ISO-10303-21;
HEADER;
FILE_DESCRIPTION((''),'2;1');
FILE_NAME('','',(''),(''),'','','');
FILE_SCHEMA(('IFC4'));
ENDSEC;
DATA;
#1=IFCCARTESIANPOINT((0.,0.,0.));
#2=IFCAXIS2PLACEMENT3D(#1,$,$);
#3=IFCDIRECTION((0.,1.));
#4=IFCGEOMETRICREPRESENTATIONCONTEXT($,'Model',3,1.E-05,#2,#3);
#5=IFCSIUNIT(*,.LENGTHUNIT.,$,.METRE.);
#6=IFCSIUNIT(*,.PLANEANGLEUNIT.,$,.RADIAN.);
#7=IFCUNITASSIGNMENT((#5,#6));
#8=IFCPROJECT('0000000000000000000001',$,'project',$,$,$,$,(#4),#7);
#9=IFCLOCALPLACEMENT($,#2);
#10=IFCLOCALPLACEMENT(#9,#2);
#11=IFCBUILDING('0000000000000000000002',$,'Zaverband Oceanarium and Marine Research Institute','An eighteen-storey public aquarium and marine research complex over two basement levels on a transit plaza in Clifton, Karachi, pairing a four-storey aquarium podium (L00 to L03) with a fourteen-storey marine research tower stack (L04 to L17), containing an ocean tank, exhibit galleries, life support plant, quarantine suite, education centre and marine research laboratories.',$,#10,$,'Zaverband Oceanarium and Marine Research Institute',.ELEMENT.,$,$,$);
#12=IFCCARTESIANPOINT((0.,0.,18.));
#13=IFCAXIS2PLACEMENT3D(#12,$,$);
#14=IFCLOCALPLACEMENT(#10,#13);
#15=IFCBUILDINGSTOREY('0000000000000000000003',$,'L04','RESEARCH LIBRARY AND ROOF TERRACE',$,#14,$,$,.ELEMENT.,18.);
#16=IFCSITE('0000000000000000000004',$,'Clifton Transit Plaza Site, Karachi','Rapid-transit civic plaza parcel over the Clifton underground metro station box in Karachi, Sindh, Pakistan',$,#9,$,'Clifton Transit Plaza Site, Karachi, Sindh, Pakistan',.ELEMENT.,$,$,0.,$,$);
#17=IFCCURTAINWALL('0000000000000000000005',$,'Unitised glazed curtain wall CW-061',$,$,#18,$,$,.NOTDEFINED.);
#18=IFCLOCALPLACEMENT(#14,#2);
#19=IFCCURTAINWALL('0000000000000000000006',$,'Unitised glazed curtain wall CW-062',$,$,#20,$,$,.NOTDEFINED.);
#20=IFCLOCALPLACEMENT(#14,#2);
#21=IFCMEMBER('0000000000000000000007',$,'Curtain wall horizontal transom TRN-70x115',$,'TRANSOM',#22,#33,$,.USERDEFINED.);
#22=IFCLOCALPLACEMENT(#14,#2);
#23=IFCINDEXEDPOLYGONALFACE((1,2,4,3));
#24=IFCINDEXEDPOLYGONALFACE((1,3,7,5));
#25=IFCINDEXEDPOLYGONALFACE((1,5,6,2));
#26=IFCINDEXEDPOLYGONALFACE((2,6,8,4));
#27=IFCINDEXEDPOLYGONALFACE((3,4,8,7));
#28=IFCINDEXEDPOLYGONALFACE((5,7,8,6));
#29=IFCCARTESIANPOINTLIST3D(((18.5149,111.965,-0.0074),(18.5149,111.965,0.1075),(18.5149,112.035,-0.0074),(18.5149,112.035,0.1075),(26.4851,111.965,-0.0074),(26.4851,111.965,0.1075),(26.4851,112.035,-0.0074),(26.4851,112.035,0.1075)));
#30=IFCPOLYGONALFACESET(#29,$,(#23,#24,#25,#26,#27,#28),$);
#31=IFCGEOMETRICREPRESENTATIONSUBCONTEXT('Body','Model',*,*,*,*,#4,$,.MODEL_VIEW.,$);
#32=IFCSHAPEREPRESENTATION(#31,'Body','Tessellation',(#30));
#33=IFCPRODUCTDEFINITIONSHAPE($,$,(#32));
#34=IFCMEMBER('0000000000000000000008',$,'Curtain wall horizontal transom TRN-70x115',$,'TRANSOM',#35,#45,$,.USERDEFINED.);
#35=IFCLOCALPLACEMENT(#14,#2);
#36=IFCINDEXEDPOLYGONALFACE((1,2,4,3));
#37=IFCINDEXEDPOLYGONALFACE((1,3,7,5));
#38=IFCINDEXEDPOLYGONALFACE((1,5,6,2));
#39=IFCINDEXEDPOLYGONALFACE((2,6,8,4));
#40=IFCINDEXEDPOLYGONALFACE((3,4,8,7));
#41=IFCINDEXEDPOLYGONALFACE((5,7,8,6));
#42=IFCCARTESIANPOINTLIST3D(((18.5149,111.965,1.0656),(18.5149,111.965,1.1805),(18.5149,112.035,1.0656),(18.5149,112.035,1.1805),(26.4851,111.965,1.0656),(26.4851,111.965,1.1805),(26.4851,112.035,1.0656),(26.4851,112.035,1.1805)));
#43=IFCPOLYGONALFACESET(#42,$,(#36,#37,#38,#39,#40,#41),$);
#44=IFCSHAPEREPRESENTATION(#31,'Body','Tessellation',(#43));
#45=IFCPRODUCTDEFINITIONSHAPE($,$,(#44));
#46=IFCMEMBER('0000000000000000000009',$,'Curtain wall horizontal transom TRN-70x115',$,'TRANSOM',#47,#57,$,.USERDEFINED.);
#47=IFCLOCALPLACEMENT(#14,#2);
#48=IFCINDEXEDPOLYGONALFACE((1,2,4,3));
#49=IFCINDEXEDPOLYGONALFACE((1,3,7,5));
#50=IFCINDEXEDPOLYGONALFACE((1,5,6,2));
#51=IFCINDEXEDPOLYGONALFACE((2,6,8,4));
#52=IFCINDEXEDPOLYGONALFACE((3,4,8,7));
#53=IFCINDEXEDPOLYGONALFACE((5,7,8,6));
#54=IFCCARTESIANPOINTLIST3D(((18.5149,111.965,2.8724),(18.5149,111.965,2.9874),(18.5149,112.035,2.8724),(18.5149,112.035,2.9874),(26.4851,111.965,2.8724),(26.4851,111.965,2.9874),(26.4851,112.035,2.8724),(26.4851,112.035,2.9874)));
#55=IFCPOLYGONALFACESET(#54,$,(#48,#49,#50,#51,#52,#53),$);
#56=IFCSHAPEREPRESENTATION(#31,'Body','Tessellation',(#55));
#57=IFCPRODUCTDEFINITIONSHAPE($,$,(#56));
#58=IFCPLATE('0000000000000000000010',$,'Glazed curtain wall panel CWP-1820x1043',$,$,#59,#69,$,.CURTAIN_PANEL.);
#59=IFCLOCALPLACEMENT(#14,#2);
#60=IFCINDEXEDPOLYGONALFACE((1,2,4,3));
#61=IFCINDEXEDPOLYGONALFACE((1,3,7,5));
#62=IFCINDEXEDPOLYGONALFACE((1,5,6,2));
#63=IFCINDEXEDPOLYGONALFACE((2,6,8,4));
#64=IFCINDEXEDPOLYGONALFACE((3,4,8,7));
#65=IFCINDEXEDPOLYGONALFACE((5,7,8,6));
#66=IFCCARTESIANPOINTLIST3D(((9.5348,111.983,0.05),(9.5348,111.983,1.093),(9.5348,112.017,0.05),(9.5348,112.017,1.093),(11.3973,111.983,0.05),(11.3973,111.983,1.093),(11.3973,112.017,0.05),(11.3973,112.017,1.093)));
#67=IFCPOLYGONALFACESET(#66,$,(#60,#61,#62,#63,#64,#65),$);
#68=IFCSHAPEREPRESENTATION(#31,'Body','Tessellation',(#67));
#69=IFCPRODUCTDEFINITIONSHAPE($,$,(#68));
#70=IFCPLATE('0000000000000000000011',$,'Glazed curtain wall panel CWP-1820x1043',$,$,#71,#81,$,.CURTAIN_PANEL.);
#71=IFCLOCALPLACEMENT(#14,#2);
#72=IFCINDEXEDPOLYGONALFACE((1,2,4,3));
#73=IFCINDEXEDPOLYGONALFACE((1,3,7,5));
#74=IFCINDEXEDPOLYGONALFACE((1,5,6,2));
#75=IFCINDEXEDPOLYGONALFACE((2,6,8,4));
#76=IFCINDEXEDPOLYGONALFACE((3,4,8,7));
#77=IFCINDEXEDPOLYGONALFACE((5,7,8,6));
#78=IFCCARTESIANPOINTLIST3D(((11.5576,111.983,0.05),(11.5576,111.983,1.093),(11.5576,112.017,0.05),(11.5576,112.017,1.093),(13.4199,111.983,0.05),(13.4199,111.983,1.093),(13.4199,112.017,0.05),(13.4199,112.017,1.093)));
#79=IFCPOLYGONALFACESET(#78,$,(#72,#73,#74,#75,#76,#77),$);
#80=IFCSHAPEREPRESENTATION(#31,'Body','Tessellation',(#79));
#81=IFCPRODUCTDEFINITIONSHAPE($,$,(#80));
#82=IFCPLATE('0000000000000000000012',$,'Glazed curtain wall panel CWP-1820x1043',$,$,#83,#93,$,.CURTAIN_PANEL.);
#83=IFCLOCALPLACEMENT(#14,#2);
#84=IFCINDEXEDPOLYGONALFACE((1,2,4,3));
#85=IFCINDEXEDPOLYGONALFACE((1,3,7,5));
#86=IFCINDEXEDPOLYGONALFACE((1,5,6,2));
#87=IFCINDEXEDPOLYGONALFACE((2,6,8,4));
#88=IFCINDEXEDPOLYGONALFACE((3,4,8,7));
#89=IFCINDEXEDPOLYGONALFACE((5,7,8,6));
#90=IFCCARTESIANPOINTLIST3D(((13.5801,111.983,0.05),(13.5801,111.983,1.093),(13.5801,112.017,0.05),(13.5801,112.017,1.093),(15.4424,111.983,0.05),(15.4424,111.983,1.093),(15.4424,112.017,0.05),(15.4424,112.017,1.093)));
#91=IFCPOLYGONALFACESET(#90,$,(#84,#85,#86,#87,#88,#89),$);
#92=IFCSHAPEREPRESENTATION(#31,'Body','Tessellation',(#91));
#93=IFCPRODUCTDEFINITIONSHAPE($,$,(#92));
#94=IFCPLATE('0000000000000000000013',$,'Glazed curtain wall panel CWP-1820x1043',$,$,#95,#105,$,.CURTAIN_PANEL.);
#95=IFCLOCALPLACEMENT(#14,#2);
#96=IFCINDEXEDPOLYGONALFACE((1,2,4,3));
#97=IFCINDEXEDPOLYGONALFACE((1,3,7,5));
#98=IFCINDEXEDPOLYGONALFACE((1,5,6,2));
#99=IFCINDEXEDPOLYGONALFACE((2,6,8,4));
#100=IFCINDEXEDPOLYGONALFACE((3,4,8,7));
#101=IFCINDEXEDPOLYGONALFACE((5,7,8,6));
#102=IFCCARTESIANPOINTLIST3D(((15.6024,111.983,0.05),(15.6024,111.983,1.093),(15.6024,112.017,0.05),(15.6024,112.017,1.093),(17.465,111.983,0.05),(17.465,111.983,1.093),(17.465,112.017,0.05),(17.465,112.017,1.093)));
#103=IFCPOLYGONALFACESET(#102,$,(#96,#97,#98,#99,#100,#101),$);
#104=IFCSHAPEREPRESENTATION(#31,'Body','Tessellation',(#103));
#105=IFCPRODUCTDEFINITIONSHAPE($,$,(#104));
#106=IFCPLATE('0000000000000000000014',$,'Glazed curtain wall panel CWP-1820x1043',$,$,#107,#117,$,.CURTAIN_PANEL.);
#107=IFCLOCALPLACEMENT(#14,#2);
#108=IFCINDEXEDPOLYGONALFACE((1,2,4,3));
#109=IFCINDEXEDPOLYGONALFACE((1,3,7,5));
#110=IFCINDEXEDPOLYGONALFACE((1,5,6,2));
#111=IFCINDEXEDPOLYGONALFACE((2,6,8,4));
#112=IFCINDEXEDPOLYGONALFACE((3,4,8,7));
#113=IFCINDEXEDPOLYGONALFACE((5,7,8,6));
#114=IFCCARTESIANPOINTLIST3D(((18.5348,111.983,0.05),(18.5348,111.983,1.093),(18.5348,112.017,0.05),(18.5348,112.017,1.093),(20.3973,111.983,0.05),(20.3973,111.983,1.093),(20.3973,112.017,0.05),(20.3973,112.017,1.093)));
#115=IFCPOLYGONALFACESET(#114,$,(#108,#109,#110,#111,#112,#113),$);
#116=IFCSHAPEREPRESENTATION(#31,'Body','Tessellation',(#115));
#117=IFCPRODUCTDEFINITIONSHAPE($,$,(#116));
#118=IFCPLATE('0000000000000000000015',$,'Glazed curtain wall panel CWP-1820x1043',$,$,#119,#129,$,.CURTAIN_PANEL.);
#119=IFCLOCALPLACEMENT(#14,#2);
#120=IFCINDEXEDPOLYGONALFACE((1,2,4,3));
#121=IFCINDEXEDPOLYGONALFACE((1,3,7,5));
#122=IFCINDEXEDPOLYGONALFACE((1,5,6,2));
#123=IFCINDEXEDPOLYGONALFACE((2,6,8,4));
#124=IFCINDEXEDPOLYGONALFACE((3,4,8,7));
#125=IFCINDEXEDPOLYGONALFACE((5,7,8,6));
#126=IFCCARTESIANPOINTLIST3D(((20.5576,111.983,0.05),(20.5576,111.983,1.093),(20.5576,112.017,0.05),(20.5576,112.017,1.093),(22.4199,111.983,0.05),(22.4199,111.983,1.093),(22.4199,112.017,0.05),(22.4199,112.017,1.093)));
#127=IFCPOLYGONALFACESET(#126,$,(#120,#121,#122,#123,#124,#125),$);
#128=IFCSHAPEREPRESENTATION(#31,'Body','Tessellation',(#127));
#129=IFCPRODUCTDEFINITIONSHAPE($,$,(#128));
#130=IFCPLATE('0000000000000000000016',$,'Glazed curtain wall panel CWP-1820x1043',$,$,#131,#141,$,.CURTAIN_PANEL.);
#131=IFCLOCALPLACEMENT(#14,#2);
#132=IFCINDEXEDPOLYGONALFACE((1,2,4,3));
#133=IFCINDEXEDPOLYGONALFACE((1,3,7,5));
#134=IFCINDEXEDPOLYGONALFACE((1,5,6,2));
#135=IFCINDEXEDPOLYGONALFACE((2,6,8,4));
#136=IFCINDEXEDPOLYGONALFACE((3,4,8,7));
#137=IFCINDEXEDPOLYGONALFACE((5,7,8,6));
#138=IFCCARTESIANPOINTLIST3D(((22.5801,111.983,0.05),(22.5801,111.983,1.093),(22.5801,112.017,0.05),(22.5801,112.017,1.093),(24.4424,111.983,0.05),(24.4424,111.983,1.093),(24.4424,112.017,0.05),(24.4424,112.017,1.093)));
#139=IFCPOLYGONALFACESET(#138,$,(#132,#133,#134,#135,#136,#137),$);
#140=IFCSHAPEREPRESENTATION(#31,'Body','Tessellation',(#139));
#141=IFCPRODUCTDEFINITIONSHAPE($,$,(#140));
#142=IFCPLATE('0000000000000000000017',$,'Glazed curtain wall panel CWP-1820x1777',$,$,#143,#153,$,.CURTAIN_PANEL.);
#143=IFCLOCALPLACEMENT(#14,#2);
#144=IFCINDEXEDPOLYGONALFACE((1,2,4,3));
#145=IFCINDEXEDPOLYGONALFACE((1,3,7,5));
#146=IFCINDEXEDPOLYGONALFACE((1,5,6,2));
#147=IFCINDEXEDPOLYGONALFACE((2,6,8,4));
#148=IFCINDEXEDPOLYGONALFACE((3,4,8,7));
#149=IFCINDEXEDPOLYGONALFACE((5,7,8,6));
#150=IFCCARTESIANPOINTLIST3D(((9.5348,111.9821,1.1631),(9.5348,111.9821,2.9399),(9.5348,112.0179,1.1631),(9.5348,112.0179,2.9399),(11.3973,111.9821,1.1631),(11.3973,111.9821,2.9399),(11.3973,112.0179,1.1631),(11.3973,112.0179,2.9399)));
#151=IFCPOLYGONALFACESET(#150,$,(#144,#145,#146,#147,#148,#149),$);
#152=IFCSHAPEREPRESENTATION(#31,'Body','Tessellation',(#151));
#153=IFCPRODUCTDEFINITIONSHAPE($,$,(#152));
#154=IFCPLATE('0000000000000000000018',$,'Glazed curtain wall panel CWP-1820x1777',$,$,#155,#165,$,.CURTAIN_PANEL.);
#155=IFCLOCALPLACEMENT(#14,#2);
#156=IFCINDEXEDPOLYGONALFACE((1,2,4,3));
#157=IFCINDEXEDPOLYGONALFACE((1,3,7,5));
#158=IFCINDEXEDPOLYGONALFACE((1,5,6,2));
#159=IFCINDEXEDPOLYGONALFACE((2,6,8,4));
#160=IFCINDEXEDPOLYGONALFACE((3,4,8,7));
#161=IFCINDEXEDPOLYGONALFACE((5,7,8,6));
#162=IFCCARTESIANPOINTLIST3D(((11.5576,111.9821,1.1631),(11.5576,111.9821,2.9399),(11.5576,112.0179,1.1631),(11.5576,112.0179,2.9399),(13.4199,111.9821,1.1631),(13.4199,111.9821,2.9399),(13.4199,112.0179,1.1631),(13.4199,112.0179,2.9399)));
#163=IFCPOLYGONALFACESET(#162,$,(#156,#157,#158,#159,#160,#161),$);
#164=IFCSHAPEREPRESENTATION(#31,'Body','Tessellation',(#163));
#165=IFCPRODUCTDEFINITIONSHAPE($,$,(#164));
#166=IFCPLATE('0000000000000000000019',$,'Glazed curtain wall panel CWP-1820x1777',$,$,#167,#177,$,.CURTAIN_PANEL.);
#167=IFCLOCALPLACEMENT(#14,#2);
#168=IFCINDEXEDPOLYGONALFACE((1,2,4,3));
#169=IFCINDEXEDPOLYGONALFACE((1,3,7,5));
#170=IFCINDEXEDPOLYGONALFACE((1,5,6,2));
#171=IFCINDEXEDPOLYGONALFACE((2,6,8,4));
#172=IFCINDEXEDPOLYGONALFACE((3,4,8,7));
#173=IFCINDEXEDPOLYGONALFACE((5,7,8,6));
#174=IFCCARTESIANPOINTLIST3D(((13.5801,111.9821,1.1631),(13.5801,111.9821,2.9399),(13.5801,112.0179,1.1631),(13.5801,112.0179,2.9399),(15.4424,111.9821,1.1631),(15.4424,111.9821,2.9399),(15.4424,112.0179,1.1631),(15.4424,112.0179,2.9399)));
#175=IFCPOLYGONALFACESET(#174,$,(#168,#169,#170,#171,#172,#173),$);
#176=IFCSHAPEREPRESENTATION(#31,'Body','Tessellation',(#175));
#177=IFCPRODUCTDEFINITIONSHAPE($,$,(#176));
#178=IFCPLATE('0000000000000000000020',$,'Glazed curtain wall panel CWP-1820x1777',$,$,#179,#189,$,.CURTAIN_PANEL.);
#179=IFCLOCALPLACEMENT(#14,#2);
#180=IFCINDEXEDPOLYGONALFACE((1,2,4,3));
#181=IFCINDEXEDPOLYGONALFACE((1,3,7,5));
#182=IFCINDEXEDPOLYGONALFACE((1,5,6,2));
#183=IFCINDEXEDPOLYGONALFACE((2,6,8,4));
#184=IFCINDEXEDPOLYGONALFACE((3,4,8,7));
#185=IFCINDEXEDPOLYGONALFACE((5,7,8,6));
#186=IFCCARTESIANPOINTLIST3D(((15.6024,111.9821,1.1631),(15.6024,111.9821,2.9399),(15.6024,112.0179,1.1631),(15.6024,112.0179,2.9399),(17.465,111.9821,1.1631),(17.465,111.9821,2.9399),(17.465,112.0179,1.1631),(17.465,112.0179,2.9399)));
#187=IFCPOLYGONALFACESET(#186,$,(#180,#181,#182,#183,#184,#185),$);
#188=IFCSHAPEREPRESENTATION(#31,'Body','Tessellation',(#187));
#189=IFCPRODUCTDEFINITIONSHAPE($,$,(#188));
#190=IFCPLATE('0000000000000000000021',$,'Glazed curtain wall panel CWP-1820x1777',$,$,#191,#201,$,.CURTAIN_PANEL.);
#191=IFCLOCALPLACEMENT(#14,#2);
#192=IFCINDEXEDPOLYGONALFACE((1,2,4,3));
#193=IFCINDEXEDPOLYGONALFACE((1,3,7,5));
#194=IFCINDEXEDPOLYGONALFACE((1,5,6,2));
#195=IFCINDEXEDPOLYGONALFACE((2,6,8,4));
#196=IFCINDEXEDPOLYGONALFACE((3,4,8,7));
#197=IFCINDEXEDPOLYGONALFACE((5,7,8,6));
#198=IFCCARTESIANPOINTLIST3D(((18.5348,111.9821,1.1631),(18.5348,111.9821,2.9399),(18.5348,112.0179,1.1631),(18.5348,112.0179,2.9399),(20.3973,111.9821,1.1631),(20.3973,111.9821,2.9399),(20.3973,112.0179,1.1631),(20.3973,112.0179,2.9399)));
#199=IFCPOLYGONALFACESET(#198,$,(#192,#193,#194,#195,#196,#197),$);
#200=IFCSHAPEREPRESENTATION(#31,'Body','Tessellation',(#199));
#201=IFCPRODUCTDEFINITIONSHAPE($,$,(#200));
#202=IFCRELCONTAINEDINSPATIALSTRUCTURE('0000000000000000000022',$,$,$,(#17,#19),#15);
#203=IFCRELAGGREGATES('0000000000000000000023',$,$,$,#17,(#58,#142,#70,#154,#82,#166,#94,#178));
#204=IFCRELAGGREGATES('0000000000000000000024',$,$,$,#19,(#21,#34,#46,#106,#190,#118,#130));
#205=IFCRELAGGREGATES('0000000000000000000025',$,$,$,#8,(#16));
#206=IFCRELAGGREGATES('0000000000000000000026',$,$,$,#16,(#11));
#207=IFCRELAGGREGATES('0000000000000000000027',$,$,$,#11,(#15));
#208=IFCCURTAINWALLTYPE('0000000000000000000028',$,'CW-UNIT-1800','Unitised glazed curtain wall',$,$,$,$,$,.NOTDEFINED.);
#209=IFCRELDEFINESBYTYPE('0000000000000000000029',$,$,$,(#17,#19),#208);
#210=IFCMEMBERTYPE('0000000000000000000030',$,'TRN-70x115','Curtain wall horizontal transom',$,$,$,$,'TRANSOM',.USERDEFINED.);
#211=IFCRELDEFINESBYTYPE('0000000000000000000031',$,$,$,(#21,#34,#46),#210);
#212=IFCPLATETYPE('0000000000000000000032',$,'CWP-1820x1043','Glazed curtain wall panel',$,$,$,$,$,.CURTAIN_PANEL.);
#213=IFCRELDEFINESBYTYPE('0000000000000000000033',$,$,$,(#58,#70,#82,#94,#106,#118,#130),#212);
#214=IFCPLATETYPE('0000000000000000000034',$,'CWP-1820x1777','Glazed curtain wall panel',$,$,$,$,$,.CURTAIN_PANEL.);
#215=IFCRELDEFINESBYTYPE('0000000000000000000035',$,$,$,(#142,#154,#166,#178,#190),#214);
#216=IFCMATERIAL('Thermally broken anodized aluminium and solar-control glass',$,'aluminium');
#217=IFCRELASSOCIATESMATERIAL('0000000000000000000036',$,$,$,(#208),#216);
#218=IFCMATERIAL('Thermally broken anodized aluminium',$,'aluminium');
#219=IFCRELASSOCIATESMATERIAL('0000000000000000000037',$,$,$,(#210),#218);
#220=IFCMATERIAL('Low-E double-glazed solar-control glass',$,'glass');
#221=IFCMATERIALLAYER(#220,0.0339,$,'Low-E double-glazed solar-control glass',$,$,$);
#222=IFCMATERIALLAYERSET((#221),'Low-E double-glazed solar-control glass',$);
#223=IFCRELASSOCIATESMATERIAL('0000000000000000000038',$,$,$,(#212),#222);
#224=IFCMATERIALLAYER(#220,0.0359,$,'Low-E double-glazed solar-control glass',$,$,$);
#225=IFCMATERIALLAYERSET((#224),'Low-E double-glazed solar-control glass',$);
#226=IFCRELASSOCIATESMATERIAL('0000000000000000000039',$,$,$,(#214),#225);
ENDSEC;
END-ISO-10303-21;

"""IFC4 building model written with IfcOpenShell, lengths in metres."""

from ifc_helpers import new_model, si_unit, direction, frame, frame_2d, origin, origin_2d, place, context, subcontext, project, spatial, rectangle, extrude, material, layer, layer_set, material_profile, profile_set, type_object, element, aggregate, save


model = new_model("IFC4")

# Units and contexts
model_context = context("Model", 3, precision=1e-05, world=origin(), true_north=direction((0.0, 1.0)))
body_context = subcontext(model_context, "Body", "Model", "MODEL_VIEW")
ifc_project = project(units=[si_unit("LENGTHUNIT", "METRE"), si_unit("PLANEANGLEUNIT", "RADIAN")], contexts=[model_context])

# Site, building, storey
site_placement = place(None, origin())
site = spatial("IfcSite", under=ifc_project, at=site_placement, Name="Clifton Transit Plaza Site, Karachi", Description="Rapid-transit civic plaza parcel over the Clifton underground metro station box in Karachi, Sindh, Pakistan", LongName="Clifton Transit Plaza Site, Karachi, Sindh, Pakistan", CompositionType="ELEMENT", RefElevation=0.0)
building_placement = place(site_placement, origin())
building = spatial("IfcBuilding", under=site, at=building_placement, Name="Zaverband Oceanarium and Marine Research Institute", Description="An eighteen-storey public aquarium and marine research complex over two basement levels on a transit plaza in Clifton, Karachi, pairing a four-storey aquarium podium (L00 to L03) with a fourteen-storey marine research tower stack (L04 to L17), containing an ocean tank, exhibit galleries, life support plant, quarantine suite, education centre and marine research laboratories.", LongName="Zaverband Oceanarium and Marine Research Institute", CompositionType="ELEMENT")
storey_placement = place(building_placement, frame((0.0, 0.0, 18.0)))
storey = spatial("IfcBuildingStorey", under=building, at=storey_placement, Name="L04", Description="RESEARCH LIBRARY AND ROOF TERRACE", CompositionType="ELEMENT", Elevation=18.0)

# Curtain walls
ifc_material_1 = material(Name="Thermally broken anodized aluminium and solar-control glass", Category="aluminium")
curtain_wall_type = type_object("IfcCurtainWallType", Name="CW-UNIT-1800", Description="Unitised glazed curtain wall", PredefinedType="NOTDEFINED", material=ifc_material_1)
curtain_wall_1_placement = place(storey_placement, origin())
curtain_wall_1 = element("IfcCurtainWall", 1, at=curtain_wall_1_placement, inside=storey, type_object=curtain_wall_type, Name="Unitised glazed curtain wall CW-061", PredefinedType="NOTDEFINED")
ifc_material_2 = material(Name="Thermally broken anodized aluminium", Category="aluminium")
curtain_wall_2_placement = place(storey_placement, origin())
curtain_wall_2 = element("IfcCurtainWall", 2, at=curtain_wall_2_placement, inside=storey, type_object=curtain_wall_type, Name="Unitised glazed curtain wall CW-062", PredefinedType="NOTDEFINED")

# Members
ifc_material_profile_1 = material_profile(ifc_material_2, rectangle(XDim=0.0701, YDim=0.115, at=origin_2d()), Name="AL-TRN-70x115")
ifc_profile_set_1 = profile_set([ifc_material_profile_1], Name="Thermally broken anodized aluminium")
member_type_1 = type_object("IfcMemberType", Name="TRN-70x115", Description="Curtain wall horizontal transom", ElementType="TRANSOM", PredefinedType="USERDEFINED", material=ifc_profile_set_1)
member_1_placement = place(storey_placement, frame((18.5149, 112.0, 0.05), z_axis=(1.0, 0.0, 0.0), x_axis=(0.0, 1.0, 0.0)))
member_1 = element("IfcMember", 3, at=member_1_placement, type_object=member_type_1, Name="Curtain wall horizontal transom TRN-70x115", ObjectType="TRANSOM", PredefinedType="USERDEFINED", context=body_context, shape_type="SweptSolid", body=[
    extrude(rectangle(XDim=0.0701, YDim=0.115, at=origin_2d()), origin(), (0.0, 0.0, 1.0), 7.9702),
])
member_2_placement = place(storey_placement, frame((18.5149, 112.0, 1.123), z_axis=(1.0, 0.0, 0.0), x_axis=(0.0, 1.0, 0.0)))
member_2 = element("IfcMember", 4, at=member_2_placement, type_object=member_type_1, Name="Curtain wall horizontal transom TRN-70x115", ObjectType="TRANSOM", PredefinedType="USERDEFINED", context=body_context, shape_type="SweptSolid", body=[
    extrude(rectangle(XDim=0.0701, YDim=0.115, at=origin_2d()), origin(), (0.0, 0.0, 1.0), 7.9702),
])
member_3_placement = place(storey_placement, frame((18.5149, 112.0, 2.9299), z_axis=(1.0, 0.0, 0.0), x_axis=(0.0, 1.0, 0.0)))
member_3 = element("IfcMember", 5, at=member_3_placement, type_object=member_type_1, Name="Curtain wall horizontal transom TRN-70x115", ObjectType="TRANSOM", PredefinedType="USERDEFINED", context=body_context, shape_type="SweptSolid", body=[
    extrude(rectangle(XDim=0.0701, YDim=0.115, at=origin_2d()), origin(), (0.0, 0.0, 1.0), 7.9702),
])

# Plates
ifc_material_3 = material(Name="Low-E double-glazed solar-control glass", Category="glass")
ifc_layer_1 = layer(ifc_material_3, 0.0339, Name="Low-E double-glazed solar-control glass")
ifc_layer_set_1 = layer_set([ifc_layer_1], Name="Low-E double-glazed solar-control glass")
plate_type_1 = type_object("IfcPlateType", Name="CWP-1820x1043", Description="Glazed curtain wall panel", PredefinedType="CURTAIN_PANEL", material=ifc_layer_set_1)
plate_1_placement = place(storey_placement, frame((9.5349, 112.0, 0.05), z_axis=(0.0, 0.0, 1.0), x_axis=(1.0, 0.0, 0.0)))
plate_1 = element("IfcPlate", 6, at=plate_1_placement, type_object=plate_type_1, Name="Glazed curtain wall panel CWP-1820x1043", PredefinedType="CURTAIN_PANEL", context=body_context, shape_type="SweptSolid", body=[
    extrude(rectangle(XDim=1.8625, YDim=0.0339, at=frame_2d((0.9312, 0.0))), origin(), (0.0, 0.0, 1.0), 1.043),
])
plate_2_placement = place(storey_placement, frame((11.5576, 112.0, 0.05), z_axis=(0.0, 0.0, 1.0), x_axis=(1.0, 0.0, 0.0)))
plate_2 = element("IfcPlate", 7, at=plate_2_placement, type_object=plate_type_1, Name="Glazed curtain wall panel CWP-1820x1043", PredefinedType="CURTAIN_PANEL", context=body_context, shape_type="SweptSolid", body=[
    extrude(rectangle(XDim=1.8623, YDim=0.0339, at=frame_2d((0.9312, 0.0))), origin(), (0.0, 0.0, 1.0), 1.043),
])
plate_3_placement = place(storey_placement, frame((13.5801, 112.0, 0.05), z_axis=(0.0, 0.0, 1.0), x_axis=(1.0, 0.0, 0.0)))
plate_3 = element("IfcPlate", 8, at=plate_3_placement, type_object=plate_type_1, Name="Glazed curtain wall panel CWP-1820x1043", PredefinedType="CURTAIN_PANEL", context=body_context, shape_type="SweptSolid", body=[
    extrude(rectangle(XDim=1.8623, YDim=0.0339, at=frame_2d((0.9312, 0.0))), origin(), (0.0, 0.0, 1.0), 1.043),
])
plate_4_placement = place(storey_placement, frame((15.6025, 112.0, 0.05), z_axis=(0.0, 0.0, 1.0), x_axis=(1.0, 0.0, 0.0)))
plate_4 = element("IfcPlate", 9, at=plate_4_placement, type_object=plate_type_1, Name="Glazed curtain wall panel CWP-1820x1043", PredefinedType="CURTAIN_PANEL", context=body_context, shape_type="SweptSolid", body=[
    extrude(rectangle(XDim=1.8625, YDim=0.0339, at=frame_2d((0.9312, 0.0))), origin(), (0.0, 0.0, 1.0), 1.043),
])
plate_5_placement = place(storey_placement, frame((18.5349, 112.0, 0.05), z_axis=(0.0, 0.0, 1.0), x_axis=(1.0, 0.0, 0.0)))
plate_5 = element("IfcPlate", 10, at=plate_5_placement, type_object=plate_type_1, Name="Glazed curtain wall panel CWP-1820x1043", PredefinedType="CURTAIN_PANEL", context=body_context, shape_type="SweptSolid", body=[
    extrude(rectangle(XDim=1.8625, YDim=0.0339, at=frame_2d((0.9312, 0.0))), origin(), (0.0, 0.0, 1.0), 1.043),
])
plate_6_placement = place(storey_placement, frame((20.5576, 112.0, 0.05), z_axis=(0.0, 0.0, 1.0), x_axis=(1.0, 0.0, 0.0)))
plate_6 = element("IfcPlate", 11, at=plate_6_placement, type_object=plate_type_1, Name="Glazed curtain wall panel CWP-1820x1043", PredefinedType="CURTAIN_PANEL", context=body_context, shape_type="SweptSolid", body=[
    extrude(rectangle(XDim=1.8623, YDim=0.0339, at=frame_2d((0.9312, 0.0))), origin(), (0.0, 0.0, 1.0), 1.043),
])
plate_7_placement = place(storey_placement, frame((22.5801, 112.0, 0.05), z_axis=(0.0, 0.0, 1.0), x_axis=(1.0, 0.0, 0.0)))
plate_7 = element("IfcPlate", 12, at=plate_7_placement, type_object=plate_type_1, Name="Glazed curtain wall panel CWP-1820x1043", PredefinedType="CURTAIN_PANEL", context=body_context, shape_type="SweptSolid", body=[
    extrude(rectangle(XDim=1.8623, YDim=0.0339, at=frame_2d((0.9312, 0.0))), origin(), (0.0, 0.0, 1.0), 1.043),
])
ifc_layer_2 = layer(ifc_material_3, 0.0359, Name="Low-E double-glazed solar-control glass")
ifc_layer_set_2 = layer_set([ifc_layer_2], Name="Low-E double-glazed solar-control glass")
plate_type_2 = type_object("IfcPlateType", Name="CWP-1820x1777", Description="Glazed curtain wall panel", PredefinedType="CURTAIN_PANEL", material=ifc_layer_set_2)
plate_8_placement = place(storey_placement, frame((9.5349, 112.0, 1.1631), z_axis=(0.0, 0.0, 1.0), x_axis=(1.0, 0.0, 0.0)))
plate_8 = element("IfcPlate", 13, at=plate_8_placement, type_object=plate_type_2, Name="Glazed curtain wall panel CWP-1820x1777", PredefinedType="CURTAIN_PANEL", context=body_context, shape_type="SweptSolid", body=[
    extrude(rectangle(XDim=1.8625, YDim=0.0359, at=frame_2d((0.9312, 0.0))), origin(), (0.0, 0.0, 1.0), 1.7769),
])
plate_9_placement = place(storey_placement, frame((11.5576, 112.0, 1.1631), z_axis=(0.0, 0.0, 1.0), x_axis=(1.0, 0.0, 0.0)))
plate_9 = element("IfcPlate", 14, at=plate_9_placement, type_object=plate_type_2, Name="Glazed curtain wall panel CWP-1820x1777", PredefinedType="CURTAIN_PANEL", context=body_context, shape_type="SweptSolid", body=[
    extrude(rectangle(XDim=1.8623, YDim=0.0359, at=frame_2d((0.9312, 0.0))), origin(), (0.0, 0.0, 1.0), 1.7769),
])
plate_10_placement = place(storey_placement, frame((13.5801, 112.0, 1.1631), z_axis=(0.0, 0.0, 1.0), x_axis=(1.0, 0.0, 0.0)))
plate_10 = element("IfcPlate", 15, at=plate_10_placement, type_object=plate_type_2, Name="Glazed curtain wall panel CWP-1820x1777", PredefinedType="CURTAIN_PANEL", context=body_context, shape_type="SweptSolid", body=[
    extrude(rectangle(XDim=1.8623, YDim=0.0359, at=frame_2d((0.9312, 0.0))), origin(), (0.0, 0.0, 1.0), 1.7769),
])
plate_11_placement = place(storey_placement, frame((15.6025, 112.0, 1.1631), z_axis=(0.0, 0.0, 1.0), x_axis=(1.0, 0.0, 0.0)))
plate_11 = element("IfcPlate", 16, at=plate_11_placement, type_object=plate_type_2, Name="Glazed curtain wall panel CWP-1820x1777", PredefinedType="CURTAIN_PANEL", context=body_context, shape_type="SweptSolid", body=[
    extrude(rectangle(XDim=1.8625, YDim=0.0359, at=frame_2d((0.9312, 0.0))), origin(), (0.0, 0.0, 1.0), 1.7769),
])
aggregate(curtain_wall_1, [plate_1, plate_8, plate_2, plate_9, plate_3, plate_10, plate_4, plate_11])
plate_12_placement = place(storey_placement, frame((18.5349, 112.0, 1.1631), z_axis=(0.0, 0.0, 1.0), x_axis=(1.0, 0.0, 0.0)))
plate_12 = element("IfcPlate", 17, at=plate_12_placement, type_object=plate_type_2, Name="Glazed curtain wall panel CWP-1820x1777", PredefinedType="CURTAIN_PANEL", context=body_context, shape_type="SweptSolid", body=[
    extrude(rectangle(XDim=1.8625, YDim=0.0359, at=frame_2d((0.9312, 0.0))), origin(), (0.0, 0.0, 1.0), 1.7769),
])
aggregate(curtain_wall_2, [member_1, member_2, member_3, plate_5, plate_12, plate_6, plate_7])

save(model, "model.ifc")
